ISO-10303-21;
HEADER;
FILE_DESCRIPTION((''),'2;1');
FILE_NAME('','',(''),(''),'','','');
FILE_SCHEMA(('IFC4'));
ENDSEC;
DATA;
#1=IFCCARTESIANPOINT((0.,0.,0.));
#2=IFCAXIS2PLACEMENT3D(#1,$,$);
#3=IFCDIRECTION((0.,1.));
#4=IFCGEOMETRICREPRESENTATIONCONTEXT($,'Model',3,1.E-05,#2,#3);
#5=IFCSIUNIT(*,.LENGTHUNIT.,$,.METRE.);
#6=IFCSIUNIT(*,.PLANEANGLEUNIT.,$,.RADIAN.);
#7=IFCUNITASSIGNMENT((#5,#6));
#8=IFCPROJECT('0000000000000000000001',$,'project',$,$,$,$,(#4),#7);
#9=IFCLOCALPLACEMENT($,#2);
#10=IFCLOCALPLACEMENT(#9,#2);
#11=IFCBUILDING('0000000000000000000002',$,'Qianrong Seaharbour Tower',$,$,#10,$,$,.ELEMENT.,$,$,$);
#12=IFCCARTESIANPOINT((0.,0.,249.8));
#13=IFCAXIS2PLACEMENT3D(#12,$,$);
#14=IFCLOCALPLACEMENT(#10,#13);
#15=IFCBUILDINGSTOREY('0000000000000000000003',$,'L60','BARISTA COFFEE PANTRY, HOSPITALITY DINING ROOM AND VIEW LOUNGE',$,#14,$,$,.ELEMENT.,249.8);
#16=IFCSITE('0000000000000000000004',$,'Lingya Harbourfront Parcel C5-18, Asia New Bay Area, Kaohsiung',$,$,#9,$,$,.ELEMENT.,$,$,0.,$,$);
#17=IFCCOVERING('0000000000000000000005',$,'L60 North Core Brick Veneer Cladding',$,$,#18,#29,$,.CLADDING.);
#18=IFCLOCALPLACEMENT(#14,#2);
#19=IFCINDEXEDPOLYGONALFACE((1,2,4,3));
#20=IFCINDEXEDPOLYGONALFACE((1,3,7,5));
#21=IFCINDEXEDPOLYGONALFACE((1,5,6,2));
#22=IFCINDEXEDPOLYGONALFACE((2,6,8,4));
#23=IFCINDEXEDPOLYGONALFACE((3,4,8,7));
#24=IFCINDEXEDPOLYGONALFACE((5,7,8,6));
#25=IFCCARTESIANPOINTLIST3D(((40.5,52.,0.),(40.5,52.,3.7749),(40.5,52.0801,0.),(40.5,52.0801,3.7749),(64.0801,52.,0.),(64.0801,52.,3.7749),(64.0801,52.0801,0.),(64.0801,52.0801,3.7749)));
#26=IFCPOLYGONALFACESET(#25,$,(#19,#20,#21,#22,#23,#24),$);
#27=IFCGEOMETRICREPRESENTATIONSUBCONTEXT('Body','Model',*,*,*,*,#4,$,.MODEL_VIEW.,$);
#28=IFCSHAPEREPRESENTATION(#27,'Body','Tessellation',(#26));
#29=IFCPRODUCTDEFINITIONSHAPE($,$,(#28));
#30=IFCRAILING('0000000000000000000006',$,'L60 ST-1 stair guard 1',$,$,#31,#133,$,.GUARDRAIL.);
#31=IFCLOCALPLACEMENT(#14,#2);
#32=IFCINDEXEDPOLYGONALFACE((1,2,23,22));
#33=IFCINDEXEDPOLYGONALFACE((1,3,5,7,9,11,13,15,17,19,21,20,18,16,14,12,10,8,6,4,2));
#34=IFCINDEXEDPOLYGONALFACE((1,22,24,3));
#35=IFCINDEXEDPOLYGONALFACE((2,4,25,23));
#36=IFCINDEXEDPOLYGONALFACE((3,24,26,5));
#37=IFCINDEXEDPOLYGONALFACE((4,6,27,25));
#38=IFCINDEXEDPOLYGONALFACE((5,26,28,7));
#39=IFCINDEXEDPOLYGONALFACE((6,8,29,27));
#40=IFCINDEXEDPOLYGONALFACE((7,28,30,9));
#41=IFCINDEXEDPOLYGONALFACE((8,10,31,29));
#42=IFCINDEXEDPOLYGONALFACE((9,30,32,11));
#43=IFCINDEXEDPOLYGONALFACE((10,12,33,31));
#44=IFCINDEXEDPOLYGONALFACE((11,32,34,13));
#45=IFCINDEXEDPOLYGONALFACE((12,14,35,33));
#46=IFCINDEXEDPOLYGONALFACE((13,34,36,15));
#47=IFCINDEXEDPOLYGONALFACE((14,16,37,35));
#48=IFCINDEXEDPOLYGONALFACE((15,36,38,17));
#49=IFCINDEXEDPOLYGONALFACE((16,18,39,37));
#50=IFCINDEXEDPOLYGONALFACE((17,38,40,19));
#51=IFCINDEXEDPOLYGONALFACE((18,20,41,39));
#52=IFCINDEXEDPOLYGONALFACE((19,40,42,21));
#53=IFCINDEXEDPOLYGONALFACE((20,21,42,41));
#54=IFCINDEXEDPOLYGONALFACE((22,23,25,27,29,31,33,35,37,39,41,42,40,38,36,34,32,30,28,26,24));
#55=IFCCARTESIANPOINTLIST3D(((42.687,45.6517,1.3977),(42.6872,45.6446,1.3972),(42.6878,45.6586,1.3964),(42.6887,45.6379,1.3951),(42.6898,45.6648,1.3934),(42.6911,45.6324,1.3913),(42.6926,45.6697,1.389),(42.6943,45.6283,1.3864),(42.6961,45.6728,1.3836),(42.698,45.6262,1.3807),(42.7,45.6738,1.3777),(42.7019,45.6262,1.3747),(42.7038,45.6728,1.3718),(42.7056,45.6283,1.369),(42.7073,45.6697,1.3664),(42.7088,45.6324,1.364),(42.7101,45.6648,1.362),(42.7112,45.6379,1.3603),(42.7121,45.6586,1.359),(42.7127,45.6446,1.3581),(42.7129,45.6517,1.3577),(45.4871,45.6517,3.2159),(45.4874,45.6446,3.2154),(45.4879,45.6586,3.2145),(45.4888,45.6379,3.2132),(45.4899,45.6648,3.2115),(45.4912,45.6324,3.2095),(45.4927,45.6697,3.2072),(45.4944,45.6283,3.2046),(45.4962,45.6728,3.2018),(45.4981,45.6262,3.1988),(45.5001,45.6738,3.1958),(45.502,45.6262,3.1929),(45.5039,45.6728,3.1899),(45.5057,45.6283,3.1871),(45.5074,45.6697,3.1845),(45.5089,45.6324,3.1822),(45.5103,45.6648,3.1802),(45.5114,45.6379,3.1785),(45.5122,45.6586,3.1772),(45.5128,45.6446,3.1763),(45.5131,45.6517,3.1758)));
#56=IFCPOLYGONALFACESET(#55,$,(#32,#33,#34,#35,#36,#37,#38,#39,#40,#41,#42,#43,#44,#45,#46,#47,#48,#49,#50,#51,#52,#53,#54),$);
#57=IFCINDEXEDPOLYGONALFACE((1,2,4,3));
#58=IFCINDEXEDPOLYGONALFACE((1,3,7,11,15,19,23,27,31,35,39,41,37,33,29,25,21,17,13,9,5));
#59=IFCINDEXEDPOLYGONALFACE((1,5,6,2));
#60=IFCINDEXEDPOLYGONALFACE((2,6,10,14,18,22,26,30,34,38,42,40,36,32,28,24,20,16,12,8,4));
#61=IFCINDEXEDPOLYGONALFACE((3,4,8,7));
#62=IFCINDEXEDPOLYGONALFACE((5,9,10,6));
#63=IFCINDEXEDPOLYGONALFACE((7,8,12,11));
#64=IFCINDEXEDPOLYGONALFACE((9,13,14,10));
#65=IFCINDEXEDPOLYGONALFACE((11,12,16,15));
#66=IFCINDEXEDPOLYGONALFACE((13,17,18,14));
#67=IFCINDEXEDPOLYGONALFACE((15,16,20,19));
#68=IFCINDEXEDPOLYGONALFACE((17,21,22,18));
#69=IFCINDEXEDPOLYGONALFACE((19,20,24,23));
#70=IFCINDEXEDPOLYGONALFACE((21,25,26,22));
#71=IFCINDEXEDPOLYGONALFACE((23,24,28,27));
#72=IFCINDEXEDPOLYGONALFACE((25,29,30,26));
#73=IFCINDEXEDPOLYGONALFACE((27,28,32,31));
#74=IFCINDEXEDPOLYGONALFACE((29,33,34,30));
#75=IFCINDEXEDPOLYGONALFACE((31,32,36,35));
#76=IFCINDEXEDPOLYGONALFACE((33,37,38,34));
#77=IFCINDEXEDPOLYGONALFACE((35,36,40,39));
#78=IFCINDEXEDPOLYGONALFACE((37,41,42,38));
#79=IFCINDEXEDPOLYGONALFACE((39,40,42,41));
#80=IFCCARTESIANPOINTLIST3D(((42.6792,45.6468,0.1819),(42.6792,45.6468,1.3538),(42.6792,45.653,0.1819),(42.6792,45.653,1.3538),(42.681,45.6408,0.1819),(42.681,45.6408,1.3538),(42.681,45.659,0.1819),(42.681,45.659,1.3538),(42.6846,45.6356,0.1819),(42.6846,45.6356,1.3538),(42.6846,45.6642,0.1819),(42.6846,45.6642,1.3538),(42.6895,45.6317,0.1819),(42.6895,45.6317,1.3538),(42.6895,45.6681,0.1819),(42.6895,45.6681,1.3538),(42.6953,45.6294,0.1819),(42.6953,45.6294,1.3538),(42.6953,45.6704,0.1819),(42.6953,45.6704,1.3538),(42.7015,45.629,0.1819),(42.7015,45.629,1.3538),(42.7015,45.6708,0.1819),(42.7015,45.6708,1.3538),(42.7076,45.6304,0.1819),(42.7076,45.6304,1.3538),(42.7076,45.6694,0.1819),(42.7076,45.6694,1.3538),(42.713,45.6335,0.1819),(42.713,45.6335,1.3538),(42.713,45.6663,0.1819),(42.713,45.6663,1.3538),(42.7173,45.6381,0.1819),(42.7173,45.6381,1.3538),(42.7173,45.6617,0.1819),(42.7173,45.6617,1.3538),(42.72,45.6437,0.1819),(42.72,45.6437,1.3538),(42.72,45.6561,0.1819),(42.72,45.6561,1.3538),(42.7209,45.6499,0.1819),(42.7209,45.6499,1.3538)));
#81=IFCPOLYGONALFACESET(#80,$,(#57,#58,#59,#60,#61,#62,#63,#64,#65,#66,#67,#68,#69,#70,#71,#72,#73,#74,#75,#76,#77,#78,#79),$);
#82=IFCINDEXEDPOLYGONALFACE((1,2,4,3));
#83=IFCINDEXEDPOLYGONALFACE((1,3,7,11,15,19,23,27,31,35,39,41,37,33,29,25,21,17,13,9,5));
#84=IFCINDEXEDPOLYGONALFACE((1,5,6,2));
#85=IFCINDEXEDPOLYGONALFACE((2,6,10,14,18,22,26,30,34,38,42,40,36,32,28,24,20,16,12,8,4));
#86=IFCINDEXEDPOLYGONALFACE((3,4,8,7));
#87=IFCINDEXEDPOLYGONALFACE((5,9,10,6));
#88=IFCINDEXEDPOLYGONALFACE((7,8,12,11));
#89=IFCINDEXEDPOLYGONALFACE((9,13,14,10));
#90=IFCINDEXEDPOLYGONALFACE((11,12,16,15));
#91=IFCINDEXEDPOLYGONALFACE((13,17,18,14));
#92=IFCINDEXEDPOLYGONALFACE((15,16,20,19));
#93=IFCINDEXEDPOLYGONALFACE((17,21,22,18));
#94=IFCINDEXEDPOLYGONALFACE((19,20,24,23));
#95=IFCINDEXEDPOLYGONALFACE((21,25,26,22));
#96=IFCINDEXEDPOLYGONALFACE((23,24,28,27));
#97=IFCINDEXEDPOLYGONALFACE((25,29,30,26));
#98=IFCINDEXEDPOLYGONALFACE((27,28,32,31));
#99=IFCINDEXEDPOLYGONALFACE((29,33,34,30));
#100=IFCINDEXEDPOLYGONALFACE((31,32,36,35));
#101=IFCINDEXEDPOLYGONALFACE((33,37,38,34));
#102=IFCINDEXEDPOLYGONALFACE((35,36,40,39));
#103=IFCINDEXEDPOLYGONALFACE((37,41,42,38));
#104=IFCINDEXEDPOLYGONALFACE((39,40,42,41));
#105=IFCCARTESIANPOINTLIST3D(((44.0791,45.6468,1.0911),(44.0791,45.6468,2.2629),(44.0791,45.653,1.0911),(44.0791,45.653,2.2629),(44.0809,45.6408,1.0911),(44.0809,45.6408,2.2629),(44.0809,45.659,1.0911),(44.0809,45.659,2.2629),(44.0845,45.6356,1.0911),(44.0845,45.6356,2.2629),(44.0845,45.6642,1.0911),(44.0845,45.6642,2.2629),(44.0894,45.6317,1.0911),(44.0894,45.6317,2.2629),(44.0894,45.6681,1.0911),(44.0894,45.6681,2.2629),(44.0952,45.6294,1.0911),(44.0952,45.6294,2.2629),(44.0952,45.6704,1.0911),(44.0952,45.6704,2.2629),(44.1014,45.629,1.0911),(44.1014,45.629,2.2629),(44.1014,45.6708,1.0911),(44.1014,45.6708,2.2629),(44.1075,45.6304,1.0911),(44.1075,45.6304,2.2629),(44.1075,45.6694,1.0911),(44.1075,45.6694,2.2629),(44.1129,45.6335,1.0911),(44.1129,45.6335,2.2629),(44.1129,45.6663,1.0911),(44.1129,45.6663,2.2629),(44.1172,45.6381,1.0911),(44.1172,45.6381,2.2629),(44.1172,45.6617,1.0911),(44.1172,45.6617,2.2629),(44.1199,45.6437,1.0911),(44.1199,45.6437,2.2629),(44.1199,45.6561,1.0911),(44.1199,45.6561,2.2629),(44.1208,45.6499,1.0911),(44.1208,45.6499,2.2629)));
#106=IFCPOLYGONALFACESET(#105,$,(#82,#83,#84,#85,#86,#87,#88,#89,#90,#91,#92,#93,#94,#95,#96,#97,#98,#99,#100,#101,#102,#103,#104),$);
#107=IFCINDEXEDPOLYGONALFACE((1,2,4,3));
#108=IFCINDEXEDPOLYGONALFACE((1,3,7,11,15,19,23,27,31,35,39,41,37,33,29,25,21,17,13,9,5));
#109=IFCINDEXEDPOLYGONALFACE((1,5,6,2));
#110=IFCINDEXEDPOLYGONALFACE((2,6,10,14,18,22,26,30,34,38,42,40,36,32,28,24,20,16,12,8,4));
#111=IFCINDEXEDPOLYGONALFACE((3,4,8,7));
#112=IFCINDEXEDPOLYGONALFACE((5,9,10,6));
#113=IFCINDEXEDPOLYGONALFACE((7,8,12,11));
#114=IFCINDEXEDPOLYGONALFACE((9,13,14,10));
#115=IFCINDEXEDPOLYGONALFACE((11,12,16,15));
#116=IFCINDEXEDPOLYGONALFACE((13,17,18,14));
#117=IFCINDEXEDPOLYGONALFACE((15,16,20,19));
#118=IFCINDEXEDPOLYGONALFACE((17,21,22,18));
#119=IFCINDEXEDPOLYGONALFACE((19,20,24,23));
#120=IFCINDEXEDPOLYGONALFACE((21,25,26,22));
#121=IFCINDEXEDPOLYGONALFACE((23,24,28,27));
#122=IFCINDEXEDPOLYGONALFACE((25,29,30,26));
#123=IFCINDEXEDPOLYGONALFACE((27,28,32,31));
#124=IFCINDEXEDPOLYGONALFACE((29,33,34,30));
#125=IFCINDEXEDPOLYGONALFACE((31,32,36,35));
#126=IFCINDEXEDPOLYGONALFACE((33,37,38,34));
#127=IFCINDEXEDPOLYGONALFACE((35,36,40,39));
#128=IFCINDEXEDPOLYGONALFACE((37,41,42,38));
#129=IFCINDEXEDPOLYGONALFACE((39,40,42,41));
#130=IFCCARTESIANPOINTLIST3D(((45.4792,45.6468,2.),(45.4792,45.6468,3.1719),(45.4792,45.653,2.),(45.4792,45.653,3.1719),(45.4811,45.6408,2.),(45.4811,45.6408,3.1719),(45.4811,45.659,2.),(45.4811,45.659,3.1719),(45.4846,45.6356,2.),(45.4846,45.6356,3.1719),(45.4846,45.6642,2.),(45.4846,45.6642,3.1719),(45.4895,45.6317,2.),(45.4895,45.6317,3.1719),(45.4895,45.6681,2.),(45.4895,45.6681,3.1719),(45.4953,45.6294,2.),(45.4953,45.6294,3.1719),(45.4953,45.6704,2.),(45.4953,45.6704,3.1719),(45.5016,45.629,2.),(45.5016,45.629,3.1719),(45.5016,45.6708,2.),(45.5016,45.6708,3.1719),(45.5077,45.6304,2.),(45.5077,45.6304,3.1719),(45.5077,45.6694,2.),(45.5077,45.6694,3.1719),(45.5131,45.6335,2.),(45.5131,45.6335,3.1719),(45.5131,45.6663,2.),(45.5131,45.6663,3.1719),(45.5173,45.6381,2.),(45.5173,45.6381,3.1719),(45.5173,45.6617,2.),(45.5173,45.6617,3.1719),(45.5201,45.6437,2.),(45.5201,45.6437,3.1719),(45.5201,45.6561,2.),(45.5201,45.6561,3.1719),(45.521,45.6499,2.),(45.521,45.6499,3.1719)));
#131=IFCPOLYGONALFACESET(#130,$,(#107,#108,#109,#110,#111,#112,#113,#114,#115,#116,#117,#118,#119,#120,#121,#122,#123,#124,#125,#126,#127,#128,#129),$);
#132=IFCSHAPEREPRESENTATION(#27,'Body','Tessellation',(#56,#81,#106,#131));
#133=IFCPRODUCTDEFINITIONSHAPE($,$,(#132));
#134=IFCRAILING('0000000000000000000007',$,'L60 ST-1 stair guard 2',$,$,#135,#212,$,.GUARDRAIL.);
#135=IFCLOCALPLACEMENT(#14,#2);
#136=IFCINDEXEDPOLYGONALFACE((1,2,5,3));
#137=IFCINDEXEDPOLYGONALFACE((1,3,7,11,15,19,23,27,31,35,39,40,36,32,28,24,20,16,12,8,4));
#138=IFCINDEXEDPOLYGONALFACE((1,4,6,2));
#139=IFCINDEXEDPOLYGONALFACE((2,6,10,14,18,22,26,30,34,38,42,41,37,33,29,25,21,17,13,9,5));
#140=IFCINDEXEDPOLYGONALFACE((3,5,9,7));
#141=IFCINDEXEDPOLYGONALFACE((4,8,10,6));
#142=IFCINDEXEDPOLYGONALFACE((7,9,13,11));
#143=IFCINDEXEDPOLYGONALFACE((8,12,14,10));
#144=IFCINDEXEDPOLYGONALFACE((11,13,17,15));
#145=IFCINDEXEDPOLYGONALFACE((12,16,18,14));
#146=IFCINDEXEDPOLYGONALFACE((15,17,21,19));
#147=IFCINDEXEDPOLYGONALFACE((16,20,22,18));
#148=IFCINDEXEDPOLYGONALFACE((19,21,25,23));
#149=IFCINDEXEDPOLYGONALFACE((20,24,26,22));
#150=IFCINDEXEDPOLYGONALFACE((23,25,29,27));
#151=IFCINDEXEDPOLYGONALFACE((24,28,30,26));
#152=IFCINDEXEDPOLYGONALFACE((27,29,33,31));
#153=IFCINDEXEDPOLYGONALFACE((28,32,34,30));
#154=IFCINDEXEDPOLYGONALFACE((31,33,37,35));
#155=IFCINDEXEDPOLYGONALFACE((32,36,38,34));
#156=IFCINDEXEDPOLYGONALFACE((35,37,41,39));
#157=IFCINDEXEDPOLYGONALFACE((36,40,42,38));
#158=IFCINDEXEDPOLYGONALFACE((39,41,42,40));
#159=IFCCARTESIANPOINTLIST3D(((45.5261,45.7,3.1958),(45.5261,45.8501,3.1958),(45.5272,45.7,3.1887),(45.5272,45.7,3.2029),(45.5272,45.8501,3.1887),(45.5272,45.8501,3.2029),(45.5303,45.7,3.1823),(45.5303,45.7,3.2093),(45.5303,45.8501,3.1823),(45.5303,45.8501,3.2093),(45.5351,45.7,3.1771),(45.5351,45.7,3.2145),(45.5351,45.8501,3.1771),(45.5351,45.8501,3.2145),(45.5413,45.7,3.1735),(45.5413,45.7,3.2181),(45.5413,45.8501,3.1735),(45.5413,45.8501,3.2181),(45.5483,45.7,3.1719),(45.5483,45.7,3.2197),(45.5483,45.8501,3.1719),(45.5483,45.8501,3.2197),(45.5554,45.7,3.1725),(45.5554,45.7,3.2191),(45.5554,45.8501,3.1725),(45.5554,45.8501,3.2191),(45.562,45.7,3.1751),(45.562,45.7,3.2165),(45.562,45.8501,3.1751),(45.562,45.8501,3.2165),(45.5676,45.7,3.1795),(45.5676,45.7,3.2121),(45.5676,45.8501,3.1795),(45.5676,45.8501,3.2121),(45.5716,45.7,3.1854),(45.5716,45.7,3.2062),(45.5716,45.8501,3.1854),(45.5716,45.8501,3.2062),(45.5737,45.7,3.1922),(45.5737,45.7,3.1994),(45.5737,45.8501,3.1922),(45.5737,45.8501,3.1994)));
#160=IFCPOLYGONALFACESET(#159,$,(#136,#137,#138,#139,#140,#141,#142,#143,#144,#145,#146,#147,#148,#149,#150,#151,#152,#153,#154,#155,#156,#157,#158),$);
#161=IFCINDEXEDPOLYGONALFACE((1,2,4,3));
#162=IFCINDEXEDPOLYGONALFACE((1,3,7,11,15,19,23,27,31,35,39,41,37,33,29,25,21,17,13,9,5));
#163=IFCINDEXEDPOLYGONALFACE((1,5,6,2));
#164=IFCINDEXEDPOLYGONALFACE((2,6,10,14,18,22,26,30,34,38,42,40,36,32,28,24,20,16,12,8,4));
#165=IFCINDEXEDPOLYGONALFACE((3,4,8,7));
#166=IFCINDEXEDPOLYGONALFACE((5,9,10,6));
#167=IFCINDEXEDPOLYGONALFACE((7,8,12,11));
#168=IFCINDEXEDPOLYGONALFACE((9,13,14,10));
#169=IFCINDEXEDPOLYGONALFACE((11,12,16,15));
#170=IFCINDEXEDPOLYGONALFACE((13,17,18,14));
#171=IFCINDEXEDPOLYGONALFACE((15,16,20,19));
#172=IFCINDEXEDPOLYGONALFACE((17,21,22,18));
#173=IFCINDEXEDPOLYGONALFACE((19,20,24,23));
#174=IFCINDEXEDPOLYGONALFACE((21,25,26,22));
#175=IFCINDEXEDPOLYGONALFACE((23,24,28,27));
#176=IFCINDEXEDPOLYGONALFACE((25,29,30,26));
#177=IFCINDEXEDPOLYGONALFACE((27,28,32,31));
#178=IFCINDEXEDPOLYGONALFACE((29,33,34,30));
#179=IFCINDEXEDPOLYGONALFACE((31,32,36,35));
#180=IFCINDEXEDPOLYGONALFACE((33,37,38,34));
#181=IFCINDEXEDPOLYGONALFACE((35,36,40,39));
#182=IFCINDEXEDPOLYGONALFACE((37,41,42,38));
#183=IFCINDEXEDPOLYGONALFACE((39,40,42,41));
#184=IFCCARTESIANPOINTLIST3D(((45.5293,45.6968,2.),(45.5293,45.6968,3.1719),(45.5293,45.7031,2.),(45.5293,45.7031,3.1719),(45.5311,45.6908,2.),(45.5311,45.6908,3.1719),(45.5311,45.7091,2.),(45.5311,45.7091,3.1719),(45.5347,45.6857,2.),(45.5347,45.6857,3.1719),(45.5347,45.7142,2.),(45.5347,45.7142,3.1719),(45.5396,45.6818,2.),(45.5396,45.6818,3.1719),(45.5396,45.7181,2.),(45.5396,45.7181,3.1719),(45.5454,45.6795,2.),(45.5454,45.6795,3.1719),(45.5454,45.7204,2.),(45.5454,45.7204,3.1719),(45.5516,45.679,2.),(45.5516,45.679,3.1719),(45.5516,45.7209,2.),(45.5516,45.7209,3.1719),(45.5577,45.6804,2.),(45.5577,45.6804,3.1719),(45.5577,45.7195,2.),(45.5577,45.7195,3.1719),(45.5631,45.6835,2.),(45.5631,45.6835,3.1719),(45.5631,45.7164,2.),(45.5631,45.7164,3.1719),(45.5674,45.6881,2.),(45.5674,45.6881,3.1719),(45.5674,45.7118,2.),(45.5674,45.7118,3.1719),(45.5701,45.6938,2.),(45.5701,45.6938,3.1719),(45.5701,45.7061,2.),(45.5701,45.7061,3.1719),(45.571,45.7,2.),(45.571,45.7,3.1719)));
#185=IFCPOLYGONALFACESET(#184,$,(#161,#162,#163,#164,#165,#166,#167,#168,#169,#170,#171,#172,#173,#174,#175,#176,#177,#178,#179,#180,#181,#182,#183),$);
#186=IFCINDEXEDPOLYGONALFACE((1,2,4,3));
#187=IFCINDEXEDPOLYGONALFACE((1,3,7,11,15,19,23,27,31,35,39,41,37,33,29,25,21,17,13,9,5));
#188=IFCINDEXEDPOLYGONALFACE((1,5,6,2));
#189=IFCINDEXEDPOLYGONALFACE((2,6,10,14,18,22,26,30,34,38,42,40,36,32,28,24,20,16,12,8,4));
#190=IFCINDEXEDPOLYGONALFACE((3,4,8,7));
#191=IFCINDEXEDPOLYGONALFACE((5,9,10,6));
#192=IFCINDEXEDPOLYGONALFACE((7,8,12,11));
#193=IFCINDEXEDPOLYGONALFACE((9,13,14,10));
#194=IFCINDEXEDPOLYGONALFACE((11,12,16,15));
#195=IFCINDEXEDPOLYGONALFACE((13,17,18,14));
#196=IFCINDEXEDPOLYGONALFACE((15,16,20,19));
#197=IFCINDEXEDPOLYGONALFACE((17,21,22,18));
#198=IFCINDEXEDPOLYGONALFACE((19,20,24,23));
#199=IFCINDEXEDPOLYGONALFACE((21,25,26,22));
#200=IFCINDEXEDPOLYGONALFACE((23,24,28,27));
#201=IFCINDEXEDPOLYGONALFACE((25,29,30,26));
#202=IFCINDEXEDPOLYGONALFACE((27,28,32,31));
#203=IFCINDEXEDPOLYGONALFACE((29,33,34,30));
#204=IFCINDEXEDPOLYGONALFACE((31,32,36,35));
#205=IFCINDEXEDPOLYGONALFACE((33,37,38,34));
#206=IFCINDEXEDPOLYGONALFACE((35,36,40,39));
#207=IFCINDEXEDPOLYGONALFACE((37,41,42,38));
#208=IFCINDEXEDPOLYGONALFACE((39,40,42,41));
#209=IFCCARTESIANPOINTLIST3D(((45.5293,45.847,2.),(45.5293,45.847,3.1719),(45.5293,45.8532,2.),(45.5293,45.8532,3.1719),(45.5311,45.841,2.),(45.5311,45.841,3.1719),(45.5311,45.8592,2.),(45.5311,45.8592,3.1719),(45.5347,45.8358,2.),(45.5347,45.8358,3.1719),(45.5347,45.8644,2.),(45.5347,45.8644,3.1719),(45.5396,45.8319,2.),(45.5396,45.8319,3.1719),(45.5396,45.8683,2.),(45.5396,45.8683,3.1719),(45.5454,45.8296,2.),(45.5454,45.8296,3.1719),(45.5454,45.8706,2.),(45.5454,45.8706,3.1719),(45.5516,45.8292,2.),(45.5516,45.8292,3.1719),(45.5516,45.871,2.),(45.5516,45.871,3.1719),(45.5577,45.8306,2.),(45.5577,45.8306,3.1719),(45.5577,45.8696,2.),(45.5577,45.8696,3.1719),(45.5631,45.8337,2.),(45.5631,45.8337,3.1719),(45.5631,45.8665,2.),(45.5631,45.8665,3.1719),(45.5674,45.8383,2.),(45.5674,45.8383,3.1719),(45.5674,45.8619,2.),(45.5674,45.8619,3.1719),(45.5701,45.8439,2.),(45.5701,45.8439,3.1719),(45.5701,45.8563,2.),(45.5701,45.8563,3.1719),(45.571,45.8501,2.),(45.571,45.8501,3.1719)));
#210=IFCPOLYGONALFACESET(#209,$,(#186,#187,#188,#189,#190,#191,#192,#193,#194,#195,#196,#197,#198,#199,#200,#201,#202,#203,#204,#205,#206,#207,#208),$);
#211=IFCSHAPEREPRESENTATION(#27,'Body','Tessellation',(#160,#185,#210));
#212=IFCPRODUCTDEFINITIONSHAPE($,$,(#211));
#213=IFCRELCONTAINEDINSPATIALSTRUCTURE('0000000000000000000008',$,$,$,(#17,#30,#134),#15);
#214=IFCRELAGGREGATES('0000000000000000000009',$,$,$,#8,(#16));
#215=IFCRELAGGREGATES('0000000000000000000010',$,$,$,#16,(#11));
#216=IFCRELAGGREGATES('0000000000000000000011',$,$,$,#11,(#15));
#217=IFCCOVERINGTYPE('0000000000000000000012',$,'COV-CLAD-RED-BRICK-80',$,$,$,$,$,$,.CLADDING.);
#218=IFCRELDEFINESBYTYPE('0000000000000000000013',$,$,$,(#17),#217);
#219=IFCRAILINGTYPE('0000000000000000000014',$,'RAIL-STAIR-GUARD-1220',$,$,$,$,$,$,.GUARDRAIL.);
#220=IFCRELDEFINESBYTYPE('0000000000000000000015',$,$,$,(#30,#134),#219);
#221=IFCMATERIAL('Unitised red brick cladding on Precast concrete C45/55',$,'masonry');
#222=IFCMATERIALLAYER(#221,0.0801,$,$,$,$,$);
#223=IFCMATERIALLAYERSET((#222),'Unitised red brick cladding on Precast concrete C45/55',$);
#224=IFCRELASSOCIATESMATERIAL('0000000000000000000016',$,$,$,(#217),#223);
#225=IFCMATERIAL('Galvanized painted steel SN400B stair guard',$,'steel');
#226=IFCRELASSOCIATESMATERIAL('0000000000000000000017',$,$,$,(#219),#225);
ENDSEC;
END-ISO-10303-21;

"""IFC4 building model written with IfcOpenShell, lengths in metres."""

from ifc_helpers import new_model, si_unit, direction, frame, origin, origin_2d, place, context, subcontext, project, spatial, rectangle, circle, extrude, material, layer, layer_set, type_object, element, save


model = new_model("IFC4")

# Units and contexts
model_context = context("Model", 3, precision=1e-05, world=origin(), true_north=direction((0.0, 1.0)))
body_context = subcontext(model_context, "Body", "Model", "MODEL_VIEW")
ifc_project = project(units=[si_unit("LENGTHUNIT", "METRE"), si_unit("PLANEANGLEUNIT", "RADIAN")], contexts=[model_context])

# Site, building, storey
site_placement = place(None, origin())
site = spatial("IfcSite", under=ifc_project, at=site_placement, Name="Lingya Harbourfront Parcel C5-18, Asia New Bay Area, Kaohsiung", CompositionType="ELEMENT", RefElevation=0.0)
building_placement = place(site_placement, origin())
building = spatial("IfcBuilding", under=site, at=building_placement, Name="Qianrong Seaharbour Tower", CompositionType="ELEMENT")
storey_placement = place(building_placement, frame((0.0, 0.0, 249.8)))
storey = spatial("IfcBuildingStorey", under=building, at=storey_placement, Name="L60", Description="BARISTA COFFEE PANTRY, HOSPITALITY DINING ROOM AND VIEW LOUNGE", CompositionType="ELEMENT", Elevation=249.8)

# Covering
ifc_material_1 = material(Name="Unitised red brick cladding on Precast concrete C45/55", Category="masonry")
ifc_layer_1 = layer(ifc_material_1, 0.0801)
ifc_layer_set_1 = layer_set([ifc_layer_1], Name="Unitised red brick cladding on Precast concrete C45/55")
covering_type = type_object("IfcCoveringType", Name="COV-CLAD-RED-BRICK-80", PredefinedType="CLADDING", material=ifc_layer_set_1)
covering_placement = place(storey_placement, frame((52.29, 52.04, 0.0), z_axis=(0.0, 0.0, 1.0), x_axis=(1.0, 0.0, 0.0)))
element("IfcCovering", 1, at=covering_placement, inside=storey, type_object=covering_type, Name="L60 North Core Brick Veneer Cladding", PredefinedType="CLADDING", context=body_context, shape_type="SweptSolid", body=[
    extrude(rectangle(XDim=23.5801, YDim=0.0801, at=origin_2d()), origin(), (0.0, 0.0, 1.0), 3.7749),
])

# Railings
ifc_material_2 = material(Name="Galvanized painted steel SN400B stair guard", Category="steel")
railing_type_1 = type_object("IfcRailingType", Name="RAIL-STAIR-GUARD-1220", PredefinedType="GUARDRAIL", material=ifc_material_2)
railing_1_placement = place(storey_placement, frame((42.7, 45.6499, 0.1819)))
element("IfcRailing", 2, at=railing_1_placement, inside=storey, type_object=railing_type_1, Name="L60 ST-1 stair guard 1", PredefinedType="GUARDRAIL", context=body_context, shape_type="SweptSolid", body=[
    extrude(circle(Radius=0.0239, at=origin_2d()), frame((0.0, 0.0, 1.1958), z_axis=(0.838706, 0.0, 0.544585), x_axis=(0.0, 1.0, 0.0)), (0.0, 0.0, 1.0), 3.3386),
    extrude(circle(Radius=0.021, at=origin_2d()), origin(), (0.0, 0.0, 1.0), 1.1719),
    extrude(circle(Radius=0.021, at=origin_2d()), frame((1.3999, 0.0, 0.9092)), (0.0, 0.0, 1.0), 1.1719),
    extrude(circle(Radius=0.021, at=origin_2d()), frame((2.8, 0.0, 1.8181)), (0.0, 0.0, 1.0), 1.1719),
])
railing_2_placement = place(storey_placement, frame((45.55, 45.7, 2.0)))
element("IfcRailing", 3, at=railing_2_placement, inside=storey, type_object=railing_type_1, Name="L60 ST-1 stair guard 2", PredefinedType="GUARDRAIL", context=body_context, shape_type="SweptSolid", body=[
    extrude(circle(Radius=0.0239, at=origin_2d()), frame((0.0, 0.0, 1.1958), z_axis=(0.0, 1.0, 0.0), x_axis=(-1.0, 0.0, 0.0)), (0.0, 0.0, 1.0), 0.1501),
    extrude(circle(Radius=0.021, at=origin_2d()), origin(), (0.0, 0.0, 1.0), 1.1719),
    extrude(circle(Radius=0.021, at=origin_2d()), frame((0.0, 0.1501, 0.0)), (0.0, 0.0, 1.0), 1.1719),
])

save(model, "model.ifc")
